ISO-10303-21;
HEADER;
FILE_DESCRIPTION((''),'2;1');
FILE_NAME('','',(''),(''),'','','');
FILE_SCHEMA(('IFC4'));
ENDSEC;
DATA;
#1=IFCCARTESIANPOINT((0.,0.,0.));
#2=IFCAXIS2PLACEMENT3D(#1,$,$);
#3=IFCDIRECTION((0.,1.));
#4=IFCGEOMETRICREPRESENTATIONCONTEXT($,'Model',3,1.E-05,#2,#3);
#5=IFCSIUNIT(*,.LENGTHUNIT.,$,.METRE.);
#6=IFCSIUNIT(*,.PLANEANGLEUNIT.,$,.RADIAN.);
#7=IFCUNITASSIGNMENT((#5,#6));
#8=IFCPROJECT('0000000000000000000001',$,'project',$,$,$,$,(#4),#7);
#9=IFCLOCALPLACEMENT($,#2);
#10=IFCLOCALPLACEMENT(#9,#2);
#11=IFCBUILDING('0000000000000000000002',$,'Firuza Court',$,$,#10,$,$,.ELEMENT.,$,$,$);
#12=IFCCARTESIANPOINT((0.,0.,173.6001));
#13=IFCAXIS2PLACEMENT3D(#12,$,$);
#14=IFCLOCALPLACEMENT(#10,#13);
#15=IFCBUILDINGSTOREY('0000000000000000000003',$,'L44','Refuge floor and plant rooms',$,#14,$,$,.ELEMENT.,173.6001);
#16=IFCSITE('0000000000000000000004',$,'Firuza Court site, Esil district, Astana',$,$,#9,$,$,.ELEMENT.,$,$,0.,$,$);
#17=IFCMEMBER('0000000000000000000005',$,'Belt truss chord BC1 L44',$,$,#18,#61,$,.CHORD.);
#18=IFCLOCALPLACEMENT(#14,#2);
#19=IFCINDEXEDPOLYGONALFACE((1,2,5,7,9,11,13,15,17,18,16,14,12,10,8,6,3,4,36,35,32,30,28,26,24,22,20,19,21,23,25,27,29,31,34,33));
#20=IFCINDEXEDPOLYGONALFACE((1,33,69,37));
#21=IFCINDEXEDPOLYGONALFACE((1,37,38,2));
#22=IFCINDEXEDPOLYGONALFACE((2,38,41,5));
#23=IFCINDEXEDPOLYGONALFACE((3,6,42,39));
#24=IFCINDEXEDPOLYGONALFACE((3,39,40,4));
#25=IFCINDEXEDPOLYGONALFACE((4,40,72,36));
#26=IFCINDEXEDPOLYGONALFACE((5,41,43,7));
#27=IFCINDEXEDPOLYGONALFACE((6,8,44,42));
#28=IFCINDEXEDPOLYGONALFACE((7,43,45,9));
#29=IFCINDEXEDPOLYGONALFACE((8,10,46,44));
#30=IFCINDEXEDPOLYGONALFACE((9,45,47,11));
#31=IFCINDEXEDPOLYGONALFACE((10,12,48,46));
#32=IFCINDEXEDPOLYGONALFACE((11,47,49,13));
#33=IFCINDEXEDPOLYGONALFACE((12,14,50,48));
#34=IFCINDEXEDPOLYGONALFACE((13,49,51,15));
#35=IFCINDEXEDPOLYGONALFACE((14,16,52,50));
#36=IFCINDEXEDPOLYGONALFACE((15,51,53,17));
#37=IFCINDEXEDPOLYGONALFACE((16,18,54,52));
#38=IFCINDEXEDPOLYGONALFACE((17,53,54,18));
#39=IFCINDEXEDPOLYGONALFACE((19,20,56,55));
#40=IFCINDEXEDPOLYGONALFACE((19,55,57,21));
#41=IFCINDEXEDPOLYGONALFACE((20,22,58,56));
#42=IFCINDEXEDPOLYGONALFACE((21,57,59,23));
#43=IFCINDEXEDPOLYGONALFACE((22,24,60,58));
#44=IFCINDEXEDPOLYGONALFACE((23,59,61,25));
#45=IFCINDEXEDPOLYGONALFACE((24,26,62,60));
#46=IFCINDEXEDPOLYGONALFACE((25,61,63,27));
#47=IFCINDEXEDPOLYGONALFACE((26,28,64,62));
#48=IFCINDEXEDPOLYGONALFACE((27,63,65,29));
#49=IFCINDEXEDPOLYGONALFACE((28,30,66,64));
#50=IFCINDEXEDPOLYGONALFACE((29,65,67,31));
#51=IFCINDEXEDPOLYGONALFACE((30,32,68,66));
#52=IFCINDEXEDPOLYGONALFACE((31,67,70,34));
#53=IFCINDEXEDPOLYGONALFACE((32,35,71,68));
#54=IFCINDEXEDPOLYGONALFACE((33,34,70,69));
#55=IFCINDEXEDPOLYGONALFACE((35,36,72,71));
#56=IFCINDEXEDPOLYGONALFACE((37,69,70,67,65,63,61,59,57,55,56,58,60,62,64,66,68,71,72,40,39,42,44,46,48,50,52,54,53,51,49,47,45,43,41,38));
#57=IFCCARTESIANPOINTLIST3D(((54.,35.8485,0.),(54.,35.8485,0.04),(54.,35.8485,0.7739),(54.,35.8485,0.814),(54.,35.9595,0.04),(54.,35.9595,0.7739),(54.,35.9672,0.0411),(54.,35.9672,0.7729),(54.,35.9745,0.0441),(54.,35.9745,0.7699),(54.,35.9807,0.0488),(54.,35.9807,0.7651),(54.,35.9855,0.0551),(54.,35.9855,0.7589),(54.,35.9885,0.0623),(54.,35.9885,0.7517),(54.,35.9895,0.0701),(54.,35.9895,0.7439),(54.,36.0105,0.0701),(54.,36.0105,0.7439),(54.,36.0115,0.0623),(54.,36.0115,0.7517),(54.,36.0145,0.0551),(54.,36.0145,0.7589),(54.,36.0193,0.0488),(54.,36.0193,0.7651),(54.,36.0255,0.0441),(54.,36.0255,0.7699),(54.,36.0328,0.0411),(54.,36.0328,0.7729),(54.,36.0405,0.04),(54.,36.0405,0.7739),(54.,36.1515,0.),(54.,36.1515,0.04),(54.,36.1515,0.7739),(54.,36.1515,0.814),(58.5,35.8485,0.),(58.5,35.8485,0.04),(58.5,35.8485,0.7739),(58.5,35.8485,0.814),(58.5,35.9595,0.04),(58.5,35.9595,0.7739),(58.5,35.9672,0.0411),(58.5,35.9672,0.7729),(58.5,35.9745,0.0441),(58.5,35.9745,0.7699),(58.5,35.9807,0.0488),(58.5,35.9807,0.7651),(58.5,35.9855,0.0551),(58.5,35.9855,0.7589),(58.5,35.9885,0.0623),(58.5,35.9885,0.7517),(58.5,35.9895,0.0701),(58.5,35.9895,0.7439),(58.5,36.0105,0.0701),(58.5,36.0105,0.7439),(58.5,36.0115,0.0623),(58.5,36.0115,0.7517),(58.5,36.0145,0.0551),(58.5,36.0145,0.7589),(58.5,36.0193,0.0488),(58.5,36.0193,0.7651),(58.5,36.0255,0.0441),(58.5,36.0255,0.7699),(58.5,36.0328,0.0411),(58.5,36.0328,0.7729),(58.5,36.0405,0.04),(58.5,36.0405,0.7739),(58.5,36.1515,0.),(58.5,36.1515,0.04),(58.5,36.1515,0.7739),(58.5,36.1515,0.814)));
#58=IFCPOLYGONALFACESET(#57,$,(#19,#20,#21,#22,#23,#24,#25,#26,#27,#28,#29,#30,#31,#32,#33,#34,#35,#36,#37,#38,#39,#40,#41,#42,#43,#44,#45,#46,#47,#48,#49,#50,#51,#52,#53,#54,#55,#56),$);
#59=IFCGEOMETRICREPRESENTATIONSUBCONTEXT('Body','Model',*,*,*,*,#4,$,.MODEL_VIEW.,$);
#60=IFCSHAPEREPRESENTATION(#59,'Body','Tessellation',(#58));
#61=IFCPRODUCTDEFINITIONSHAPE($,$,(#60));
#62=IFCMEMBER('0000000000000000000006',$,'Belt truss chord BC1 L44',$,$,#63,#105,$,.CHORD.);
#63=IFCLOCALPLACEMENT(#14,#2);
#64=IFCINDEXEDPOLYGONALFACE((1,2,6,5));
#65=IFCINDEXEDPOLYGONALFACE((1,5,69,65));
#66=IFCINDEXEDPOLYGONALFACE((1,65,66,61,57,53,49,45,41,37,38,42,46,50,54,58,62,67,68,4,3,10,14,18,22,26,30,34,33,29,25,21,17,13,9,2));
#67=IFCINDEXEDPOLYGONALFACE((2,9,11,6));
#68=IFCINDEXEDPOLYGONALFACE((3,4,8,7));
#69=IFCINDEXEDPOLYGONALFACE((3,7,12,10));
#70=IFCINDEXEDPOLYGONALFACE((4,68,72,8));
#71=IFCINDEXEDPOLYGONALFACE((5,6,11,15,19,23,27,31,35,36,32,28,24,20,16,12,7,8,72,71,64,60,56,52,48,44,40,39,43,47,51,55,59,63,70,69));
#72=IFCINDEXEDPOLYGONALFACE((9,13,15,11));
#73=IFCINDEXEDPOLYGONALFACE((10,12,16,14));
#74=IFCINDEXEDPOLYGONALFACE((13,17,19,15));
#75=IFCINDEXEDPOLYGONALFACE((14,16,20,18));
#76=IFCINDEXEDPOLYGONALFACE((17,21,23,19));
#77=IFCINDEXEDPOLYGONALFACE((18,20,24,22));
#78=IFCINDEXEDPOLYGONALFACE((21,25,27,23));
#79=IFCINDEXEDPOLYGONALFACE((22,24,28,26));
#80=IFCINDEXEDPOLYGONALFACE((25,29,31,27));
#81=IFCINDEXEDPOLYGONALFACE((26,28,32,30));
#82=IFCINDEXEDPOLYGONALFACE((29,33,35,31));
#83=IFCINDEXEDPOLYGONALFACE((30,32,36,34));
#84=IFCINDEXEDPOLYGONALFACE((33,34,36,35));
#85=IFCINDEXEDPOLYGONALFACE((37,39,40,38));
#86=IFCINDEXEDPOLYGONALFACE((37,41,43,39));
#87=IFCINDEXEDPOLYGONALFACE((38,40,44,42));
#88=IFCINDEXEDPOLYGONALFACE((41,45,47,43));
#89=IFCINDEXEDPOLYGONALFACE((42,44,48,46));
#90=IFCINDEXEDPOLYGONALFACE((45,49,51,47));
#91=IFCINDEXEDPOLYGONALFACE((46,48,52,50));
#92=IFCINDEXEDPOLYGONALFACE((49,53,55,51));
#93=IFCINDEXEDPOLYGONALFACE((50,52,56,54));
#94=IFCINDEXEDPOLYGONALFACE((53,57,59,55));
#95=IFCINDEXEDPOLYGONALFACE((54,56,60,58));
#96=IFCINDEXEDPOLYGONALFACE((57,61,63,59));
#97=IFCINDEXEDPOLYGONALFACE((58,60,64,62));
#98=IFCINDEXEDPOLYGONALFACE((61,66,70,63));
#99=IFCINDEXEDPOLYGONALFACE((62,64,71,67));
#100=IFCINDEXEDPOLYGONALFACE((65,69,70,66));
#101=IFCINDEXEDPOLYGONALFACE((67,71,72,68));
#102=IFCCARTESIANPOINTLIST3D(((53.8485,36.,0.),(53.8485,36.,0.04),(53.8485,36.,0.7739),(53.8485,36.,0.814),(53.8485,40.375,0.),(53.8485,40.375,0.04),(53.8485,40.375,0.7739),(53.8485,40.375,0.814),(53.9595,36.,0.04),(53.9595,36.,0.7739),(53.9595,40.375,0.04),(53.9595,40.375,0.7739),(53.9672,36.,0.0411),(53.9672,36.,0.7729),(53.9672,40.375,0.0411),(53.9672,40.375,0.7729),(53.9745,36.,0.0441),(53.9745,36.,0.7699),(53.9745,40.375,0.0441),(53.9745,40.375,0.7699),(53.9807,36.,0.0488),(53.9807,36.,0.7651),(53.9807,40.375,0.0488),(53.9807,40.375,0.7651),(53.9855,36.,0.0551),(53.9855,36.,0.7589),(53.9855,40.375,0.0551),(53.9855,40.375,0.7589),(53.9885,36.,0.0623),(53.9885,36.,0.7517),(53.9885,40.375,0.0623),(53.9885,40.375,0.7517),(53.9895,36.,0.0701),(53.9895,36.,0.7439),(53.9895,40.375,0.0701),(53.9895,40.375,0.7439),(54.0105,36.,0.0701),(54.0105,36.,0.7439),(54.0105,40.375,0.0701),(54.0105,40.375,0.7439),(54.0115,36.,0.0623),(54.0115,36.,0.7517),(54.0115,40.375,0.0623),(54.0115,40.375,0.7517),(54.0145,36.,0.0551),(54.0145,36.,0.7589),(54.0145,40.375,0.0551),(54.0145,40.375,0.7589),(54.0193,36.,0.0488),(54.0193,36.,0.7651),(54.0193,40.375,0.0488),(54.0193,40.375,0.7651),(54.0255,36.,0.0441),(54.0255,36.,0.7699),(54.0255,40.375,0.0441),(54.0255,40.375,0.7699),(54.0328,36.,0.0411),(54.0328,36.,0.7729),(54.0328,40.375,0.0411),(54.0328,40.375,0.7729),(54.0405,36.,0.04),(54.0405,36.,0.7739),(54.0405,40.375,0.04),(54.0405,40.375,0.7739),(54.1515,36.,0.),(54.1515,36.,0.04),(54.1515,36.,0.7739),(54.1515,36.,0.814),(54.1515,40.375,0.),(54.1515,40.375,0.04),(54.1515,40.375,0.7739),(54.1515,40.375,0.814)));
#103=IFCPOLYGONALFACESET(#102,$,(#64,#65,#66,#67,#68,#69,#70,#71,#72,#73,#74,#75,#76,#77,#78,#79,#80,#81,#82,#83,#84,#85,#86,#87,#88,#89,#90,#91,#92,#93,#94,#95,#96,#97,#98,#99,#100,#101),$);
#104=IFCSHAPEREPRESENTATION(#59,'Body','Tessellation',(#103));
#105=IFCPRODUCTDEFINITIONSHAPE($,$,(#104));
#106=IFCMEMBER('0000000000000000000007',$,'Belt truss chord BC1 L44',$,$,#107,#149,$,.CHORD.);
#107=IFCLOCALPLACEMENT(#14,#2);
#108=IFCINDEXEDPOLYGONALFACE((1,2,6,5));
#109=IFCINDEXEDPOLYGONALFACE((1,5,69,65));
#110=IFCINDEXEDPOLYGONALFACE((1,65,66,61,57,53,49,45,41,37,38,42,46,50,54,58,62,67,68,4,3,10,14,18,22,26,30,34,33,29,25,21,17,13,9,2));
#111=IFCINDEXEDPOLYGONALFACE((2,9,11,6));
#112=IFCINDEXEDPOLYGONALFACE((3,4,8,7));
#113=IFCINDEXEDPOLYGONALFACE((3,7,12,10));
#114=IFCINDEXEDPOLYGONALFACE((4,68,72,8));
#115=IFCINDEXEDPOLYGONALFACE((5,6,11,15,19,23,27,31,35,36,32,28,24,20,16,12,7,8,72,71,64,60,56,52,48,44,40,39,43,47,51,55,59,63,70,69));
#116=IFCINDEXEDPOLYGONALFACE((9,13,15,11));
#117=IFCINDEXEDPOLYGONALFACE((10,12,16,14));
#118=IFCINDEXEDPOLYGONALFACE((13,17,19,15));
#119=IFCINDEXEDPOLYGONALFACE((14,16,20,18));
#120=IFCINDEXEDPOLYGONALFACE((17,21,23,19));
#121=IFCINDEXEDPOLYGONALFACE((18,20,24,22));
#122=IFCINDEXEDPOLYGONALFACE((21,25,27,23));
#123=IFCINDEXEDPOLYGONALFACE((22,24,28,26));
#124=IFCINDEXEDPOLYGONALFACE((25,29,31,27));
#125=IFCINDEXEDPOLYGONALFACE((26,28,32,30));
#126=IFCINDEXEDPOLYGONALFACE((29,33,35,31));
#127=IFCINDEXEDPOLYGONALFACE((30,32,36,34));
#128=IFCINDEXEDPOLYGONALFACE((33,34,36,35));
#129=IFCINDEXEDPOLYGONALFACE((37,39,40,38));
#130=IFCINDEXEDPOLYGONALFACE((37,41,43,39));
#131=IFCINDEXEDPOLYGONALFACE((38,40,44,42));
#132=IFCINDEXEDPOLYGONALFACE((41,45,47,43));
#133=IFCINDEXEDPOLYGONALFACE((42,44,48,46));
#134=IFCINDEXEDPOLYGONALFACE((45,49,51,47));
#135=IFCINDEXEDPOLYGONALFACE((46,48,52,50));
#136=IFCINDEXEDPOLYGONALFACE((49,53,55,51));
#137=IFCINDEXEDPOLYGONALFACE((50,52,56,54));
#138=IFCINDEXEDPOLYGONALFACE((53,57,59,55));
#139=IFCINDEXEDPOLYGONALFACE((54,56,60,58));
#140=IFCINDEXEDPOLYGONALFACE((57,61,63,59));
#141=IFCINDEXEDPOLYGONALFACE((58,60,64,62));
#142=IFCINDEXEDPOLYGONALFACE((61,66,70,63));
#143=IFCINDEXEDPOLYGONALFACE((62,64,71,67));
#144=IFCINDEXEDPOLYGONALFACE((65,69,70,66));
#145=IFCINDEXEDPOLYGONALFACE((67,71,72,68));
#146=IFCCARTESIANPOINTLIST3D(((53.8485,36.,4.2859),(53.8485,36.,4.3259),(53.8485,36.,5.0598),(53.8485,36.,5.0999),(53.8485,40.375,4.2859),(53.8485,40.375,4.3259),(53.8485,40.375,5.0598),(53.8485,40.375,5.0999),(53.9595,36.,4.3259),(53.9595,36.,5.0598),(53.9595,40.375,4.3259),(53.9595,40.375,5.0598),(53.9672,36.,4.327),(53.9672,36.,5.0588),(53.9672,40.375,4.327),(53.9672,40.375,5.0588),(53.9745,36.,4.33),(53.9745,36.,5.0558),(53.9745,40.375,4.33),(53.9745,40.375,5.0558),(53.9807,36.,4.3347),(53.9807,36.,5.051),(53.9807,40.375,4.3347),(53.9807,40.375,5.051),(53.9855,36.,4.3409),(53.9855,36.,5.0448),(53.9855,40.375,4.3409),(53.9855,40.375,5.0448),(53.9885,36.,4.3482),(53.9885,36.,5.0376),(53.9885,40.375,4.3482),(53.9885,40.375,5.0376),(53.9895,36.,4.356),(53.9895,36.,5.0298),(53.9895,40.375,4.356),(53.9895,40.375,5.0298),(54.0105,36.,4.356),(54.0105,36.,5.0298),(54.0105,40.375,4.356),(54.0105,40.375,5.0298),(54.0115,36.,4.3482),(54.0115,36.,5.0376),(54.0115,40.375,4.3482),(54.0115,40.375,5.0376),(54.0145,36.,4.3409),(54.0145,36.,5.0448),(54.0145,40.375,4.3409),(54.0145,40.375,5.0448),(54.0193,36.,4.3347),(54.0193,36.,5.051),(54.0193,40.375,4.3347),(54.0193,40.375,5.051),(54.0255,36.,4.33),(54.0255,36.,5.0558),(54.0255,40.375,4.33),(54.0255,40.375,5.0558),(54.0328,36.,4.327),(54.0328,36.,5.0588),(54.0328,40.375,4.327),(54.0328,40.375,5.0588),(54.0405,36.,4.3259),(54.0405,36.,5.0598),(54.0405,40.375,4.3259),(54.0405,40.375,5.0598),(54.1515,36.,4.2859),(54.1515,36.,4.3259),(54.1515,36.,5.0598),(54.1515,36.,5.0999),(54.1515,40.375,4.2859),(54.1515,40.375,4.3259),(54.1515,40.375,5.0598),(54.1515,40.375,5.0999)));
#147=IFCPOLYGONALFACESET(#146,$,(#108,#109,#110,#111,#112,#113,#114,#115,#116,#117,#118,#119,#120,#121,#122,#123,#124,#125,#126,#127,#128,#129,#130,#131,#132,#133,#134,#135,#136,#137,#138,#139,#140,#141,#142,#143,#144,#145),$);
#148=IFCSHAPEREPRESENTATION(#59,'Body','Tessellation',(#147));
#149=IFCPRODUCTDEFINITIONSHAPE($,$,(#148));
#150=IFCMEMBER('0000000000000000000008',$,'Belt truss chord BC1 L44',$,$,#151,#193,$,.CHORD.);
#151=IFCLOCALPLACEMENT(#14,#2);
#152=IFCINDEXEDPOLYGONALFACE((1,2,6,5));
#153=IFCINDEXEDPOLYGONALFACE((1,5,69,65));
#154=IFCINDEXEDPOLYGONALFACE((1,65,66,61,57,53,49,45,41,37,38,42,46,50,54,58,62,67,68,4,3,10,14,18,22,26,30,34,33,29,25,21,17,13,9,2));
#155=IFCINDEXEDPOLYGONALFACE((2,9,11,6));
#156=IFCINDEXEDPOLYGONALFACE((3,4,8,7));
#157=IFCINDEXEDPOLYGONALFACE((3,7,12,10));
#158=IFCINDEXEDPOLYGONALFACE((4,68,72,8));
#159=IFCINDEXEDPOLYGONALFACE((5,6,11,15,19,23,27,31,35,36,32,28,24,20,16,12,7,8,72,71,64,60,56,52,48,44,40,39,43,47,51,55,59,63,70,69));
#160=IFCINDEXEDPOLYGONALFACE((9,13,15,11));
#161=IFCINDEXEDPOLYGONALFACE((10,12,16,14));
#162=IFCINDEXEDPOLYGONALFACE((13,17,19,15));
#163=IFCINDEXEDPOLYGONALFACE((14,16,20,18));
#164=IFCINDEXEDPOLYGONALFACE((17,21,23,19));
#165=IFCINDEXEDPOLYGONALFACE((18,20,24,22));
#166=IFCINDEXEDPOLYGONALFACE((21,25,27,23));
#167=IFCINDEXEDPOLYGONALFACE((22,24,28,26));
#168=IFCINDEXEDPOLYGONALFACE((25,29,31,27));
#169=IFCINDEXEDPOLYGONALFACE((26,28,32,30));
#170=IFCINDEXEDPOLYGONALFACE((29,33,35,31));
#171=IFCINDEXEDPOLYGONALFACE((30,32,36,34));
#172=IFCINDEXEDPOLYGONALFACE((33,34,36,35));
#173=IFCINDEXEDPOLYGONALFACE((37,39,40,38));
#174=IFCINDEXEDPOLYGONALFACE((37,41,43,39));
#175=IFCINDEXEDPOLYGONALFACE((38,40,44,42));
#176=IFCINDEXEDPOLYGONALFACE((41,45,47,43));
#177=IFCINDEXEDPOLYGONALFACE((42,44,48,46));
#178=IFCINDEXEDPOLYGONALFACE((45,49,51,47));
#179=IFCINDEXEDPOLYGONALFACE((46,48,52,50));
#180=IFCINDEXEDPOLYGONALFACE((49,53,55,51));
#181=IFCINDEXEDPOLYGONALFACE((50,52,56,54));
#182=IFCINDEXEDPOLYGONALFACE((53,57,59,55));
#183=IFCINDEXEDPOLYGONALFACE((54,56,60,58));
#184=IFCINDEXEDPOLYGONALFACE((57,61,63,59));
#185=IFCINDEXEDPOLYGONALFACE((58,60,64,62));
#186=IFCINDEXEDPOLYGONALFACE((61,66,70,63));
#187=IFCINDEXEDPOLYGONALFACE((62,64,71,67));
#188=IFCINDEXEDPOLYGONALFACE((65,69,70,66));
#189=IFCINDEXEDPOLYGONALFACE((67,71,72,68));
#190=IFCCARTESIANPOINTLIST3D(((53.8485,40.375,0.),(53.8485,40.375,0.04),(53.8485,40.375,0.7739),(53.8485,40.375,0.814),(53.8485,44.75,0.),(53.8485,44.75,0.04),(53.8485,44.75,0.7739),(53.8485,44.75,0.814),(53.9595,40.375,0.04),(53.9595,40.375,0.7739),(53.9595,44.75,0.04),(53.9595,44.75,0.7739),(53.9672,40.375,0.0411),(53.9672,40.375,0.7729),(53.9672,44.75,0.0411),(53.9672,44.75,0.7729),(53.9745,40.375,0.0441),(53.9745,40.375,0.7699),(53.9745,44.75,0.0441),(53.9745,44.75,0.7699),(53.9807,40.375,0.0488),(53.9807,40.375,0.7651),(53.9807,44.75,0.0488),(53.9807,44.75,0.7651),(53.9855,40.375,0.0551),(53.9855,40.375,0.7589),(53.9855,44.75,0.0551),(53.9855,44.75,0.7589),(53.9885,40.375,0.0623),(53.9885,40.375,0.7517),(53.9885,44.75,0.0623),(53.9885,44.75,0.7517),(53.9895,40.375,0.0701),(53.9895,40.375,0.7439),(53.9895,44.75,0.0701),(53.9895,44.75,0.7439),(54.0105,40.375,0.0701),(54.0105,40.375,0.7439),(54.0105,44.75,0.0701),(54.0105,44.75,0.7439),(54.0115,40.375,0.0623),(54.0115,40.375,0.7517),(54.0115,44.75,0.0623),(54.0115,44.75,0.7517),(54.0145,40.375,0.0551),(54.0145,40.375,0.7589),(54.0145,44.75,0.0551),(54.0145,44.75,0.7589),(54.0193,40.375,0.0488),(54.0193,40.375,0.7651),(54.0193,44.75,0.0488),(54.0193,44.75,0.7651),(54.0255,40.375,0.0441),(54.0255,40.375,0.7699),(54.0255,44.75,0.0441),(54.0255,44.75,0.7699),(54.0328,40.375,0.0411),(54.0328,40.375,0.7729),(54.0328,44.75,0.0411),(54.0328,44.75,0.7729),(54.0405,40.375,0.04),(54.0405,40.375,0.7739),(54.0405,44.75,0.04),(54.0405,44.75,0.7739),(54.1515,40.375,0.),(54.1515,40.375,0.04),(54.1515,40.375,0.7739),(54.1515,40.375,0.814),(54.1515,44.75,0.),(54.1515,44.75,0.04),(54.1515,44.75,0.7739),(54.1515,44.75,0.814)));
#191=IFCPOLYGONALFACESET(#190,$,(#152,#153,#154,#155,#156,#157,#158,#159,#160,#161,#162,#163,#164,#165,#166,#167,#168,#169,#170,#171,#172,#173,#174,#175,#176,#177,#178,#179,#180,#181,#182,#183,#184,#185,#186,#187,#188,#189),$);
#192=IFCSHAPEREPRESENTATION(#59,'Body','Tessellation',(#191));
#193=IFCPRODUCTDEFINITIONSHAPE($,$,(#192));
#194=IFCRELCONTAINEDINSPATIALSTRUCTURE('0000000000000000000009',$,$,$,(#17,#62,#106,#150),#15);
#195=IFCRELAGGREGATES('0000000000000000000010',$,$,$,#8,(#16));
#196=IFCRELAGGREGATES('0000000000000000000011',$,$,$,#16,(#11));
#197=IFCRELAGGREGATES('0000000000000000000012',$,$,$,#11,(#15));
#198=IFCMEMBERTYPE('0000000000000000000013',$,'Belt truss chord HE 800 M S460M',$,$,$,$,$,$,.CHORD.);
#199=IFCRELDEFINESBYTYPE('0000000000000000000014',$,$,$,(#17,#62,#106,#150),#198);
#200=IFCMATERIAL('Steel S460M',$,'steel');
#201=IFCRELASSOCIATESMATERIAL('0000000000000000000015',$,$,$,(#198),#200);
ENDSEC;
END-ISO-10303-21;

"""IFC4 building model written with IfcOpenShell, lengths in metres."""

from ifc_helpers import new_model, si_unit, direction, frame, origin, origin_2d, place, context, subcontext, project, spatial, i_section, extrude, material, material_profile, profile_set, type_object, element, save


model = new_model("IFC4")

# Units and contexts
model_context = context("Model", 3, precision=1e-05, world=origin(), true_north=direction((0.0, 1.0)))
body_context = subcontext(model_context, "Body", "Model", "MODEL_VIEW")
ifc_project = project(units=[si_unit("LENGTHUNIT", "METRE"), si_unit("PLANEANGLEUNIT", "RADIAN")], contexts=[model_context])

# Site, building, storey
site_placement = place(None, origin())
site = spatial("IfcSite", under=ifc_project, at=site_placement, Name="Firuza Court site, Esil district, Astana", CompositionType="ELEMENT", RefElevation=0.0)
building_placement = place(site_placement, origin())
building = spatial("IfcBuilding", under=site, at=building_placement, Name="Firuza Court", CompositionType="ELEMENT")
storey_placement = place(building_placement, frame((0.0, 0.0, 173.6001)))
storey = spatial("IfcBuildingStorey", under=building, at=storey_placement, Name="L44", Description="Refuge floor and plant rooms", CompositionType="ELEMENT", Elevation=173.6001)

# Members
ifc_material_1 = material(Name="Steel S460M", Category="steel")
ifc_material_profile_1 = material_profile(ifc_material_1, i_section(OverallWidth=0.303, OverallDepth=0.814, WebThickness=0.021, FlangeThickness=0.04, FilletRadius=0.03, at=origin_2d()), Name="HE 800 M")
ifc_profile_set_1 = profile_set([ifc_material_profile_1], Name="Steel S460M")
member_type_1 = type_object("IfcMemberType", Name="Belt truss chord HE 800 M S460M", PredefinedType="CHORD", material=ifc_profile_set_1)
for number, where, z_axis, x_axis, name in (
    (1, (54.0, 36.0, 0.407), (1.0, 0.0, 0.0), (0.0, 1.0, 0.0), "Belt truss chord BC1 L44"),
):
    element("IfcMember", number, at=place(storey_placement, frame(where, z_axis=z_axis, x_axis=x_axis)), inside=storey, type_object=member_type_1, Name=name, PredefinedType="CHORD", context=body_context, shape_type="SweptSolid", body=[
        extrude(i_section(OverallWidth=0.303, OverallDepth=0.814, WebThickness=0.021, FlangeThickness=0.04, FilletRadius=0.03, at=origin_2d()), origin(), (0.0, 0.0, 1.0), 4.5),
    ])
for number, where, z_axis, x_axis, name in (
    (2, (54.0, 36.0, 0.407), (0.0, 1.0, 0.0), (-1.0, 0.0, 0.0), "Belt truss chord BC1 L44"),
    (3, (54.0, 36.0, 4.6929), (0.0, 1.0, 0.0), (-1.0, 0.0, 0.0), "Belt truss chord BC1 L44"),
    (4, (54.0, 40.375, 0.407), (0.0, 1.0, 0.0), (-1.0, 0.0, 0.0), "Belt truss chord BC1 L44"),
):
    element("IfcMember", number, at=place(storey_placement, frame(where, z_axis=z_axis, x_axis=x_axis)), inside=storey, type_object=member_type_1, Name=name, PredefinedType="CHORD", context=body_context, shape_type="SweptSolid", body=[
        extrude(i_section(OverallWidth=0.303, OverallDepth=0.814, WebThickness=0.021, FlangeThickness=0.04, FilletRadius=0.03, at=origin_2d()), origin(), (0.0, 0.0, 1.0), 4.375),
    ])

save(model, "model.ifc")
